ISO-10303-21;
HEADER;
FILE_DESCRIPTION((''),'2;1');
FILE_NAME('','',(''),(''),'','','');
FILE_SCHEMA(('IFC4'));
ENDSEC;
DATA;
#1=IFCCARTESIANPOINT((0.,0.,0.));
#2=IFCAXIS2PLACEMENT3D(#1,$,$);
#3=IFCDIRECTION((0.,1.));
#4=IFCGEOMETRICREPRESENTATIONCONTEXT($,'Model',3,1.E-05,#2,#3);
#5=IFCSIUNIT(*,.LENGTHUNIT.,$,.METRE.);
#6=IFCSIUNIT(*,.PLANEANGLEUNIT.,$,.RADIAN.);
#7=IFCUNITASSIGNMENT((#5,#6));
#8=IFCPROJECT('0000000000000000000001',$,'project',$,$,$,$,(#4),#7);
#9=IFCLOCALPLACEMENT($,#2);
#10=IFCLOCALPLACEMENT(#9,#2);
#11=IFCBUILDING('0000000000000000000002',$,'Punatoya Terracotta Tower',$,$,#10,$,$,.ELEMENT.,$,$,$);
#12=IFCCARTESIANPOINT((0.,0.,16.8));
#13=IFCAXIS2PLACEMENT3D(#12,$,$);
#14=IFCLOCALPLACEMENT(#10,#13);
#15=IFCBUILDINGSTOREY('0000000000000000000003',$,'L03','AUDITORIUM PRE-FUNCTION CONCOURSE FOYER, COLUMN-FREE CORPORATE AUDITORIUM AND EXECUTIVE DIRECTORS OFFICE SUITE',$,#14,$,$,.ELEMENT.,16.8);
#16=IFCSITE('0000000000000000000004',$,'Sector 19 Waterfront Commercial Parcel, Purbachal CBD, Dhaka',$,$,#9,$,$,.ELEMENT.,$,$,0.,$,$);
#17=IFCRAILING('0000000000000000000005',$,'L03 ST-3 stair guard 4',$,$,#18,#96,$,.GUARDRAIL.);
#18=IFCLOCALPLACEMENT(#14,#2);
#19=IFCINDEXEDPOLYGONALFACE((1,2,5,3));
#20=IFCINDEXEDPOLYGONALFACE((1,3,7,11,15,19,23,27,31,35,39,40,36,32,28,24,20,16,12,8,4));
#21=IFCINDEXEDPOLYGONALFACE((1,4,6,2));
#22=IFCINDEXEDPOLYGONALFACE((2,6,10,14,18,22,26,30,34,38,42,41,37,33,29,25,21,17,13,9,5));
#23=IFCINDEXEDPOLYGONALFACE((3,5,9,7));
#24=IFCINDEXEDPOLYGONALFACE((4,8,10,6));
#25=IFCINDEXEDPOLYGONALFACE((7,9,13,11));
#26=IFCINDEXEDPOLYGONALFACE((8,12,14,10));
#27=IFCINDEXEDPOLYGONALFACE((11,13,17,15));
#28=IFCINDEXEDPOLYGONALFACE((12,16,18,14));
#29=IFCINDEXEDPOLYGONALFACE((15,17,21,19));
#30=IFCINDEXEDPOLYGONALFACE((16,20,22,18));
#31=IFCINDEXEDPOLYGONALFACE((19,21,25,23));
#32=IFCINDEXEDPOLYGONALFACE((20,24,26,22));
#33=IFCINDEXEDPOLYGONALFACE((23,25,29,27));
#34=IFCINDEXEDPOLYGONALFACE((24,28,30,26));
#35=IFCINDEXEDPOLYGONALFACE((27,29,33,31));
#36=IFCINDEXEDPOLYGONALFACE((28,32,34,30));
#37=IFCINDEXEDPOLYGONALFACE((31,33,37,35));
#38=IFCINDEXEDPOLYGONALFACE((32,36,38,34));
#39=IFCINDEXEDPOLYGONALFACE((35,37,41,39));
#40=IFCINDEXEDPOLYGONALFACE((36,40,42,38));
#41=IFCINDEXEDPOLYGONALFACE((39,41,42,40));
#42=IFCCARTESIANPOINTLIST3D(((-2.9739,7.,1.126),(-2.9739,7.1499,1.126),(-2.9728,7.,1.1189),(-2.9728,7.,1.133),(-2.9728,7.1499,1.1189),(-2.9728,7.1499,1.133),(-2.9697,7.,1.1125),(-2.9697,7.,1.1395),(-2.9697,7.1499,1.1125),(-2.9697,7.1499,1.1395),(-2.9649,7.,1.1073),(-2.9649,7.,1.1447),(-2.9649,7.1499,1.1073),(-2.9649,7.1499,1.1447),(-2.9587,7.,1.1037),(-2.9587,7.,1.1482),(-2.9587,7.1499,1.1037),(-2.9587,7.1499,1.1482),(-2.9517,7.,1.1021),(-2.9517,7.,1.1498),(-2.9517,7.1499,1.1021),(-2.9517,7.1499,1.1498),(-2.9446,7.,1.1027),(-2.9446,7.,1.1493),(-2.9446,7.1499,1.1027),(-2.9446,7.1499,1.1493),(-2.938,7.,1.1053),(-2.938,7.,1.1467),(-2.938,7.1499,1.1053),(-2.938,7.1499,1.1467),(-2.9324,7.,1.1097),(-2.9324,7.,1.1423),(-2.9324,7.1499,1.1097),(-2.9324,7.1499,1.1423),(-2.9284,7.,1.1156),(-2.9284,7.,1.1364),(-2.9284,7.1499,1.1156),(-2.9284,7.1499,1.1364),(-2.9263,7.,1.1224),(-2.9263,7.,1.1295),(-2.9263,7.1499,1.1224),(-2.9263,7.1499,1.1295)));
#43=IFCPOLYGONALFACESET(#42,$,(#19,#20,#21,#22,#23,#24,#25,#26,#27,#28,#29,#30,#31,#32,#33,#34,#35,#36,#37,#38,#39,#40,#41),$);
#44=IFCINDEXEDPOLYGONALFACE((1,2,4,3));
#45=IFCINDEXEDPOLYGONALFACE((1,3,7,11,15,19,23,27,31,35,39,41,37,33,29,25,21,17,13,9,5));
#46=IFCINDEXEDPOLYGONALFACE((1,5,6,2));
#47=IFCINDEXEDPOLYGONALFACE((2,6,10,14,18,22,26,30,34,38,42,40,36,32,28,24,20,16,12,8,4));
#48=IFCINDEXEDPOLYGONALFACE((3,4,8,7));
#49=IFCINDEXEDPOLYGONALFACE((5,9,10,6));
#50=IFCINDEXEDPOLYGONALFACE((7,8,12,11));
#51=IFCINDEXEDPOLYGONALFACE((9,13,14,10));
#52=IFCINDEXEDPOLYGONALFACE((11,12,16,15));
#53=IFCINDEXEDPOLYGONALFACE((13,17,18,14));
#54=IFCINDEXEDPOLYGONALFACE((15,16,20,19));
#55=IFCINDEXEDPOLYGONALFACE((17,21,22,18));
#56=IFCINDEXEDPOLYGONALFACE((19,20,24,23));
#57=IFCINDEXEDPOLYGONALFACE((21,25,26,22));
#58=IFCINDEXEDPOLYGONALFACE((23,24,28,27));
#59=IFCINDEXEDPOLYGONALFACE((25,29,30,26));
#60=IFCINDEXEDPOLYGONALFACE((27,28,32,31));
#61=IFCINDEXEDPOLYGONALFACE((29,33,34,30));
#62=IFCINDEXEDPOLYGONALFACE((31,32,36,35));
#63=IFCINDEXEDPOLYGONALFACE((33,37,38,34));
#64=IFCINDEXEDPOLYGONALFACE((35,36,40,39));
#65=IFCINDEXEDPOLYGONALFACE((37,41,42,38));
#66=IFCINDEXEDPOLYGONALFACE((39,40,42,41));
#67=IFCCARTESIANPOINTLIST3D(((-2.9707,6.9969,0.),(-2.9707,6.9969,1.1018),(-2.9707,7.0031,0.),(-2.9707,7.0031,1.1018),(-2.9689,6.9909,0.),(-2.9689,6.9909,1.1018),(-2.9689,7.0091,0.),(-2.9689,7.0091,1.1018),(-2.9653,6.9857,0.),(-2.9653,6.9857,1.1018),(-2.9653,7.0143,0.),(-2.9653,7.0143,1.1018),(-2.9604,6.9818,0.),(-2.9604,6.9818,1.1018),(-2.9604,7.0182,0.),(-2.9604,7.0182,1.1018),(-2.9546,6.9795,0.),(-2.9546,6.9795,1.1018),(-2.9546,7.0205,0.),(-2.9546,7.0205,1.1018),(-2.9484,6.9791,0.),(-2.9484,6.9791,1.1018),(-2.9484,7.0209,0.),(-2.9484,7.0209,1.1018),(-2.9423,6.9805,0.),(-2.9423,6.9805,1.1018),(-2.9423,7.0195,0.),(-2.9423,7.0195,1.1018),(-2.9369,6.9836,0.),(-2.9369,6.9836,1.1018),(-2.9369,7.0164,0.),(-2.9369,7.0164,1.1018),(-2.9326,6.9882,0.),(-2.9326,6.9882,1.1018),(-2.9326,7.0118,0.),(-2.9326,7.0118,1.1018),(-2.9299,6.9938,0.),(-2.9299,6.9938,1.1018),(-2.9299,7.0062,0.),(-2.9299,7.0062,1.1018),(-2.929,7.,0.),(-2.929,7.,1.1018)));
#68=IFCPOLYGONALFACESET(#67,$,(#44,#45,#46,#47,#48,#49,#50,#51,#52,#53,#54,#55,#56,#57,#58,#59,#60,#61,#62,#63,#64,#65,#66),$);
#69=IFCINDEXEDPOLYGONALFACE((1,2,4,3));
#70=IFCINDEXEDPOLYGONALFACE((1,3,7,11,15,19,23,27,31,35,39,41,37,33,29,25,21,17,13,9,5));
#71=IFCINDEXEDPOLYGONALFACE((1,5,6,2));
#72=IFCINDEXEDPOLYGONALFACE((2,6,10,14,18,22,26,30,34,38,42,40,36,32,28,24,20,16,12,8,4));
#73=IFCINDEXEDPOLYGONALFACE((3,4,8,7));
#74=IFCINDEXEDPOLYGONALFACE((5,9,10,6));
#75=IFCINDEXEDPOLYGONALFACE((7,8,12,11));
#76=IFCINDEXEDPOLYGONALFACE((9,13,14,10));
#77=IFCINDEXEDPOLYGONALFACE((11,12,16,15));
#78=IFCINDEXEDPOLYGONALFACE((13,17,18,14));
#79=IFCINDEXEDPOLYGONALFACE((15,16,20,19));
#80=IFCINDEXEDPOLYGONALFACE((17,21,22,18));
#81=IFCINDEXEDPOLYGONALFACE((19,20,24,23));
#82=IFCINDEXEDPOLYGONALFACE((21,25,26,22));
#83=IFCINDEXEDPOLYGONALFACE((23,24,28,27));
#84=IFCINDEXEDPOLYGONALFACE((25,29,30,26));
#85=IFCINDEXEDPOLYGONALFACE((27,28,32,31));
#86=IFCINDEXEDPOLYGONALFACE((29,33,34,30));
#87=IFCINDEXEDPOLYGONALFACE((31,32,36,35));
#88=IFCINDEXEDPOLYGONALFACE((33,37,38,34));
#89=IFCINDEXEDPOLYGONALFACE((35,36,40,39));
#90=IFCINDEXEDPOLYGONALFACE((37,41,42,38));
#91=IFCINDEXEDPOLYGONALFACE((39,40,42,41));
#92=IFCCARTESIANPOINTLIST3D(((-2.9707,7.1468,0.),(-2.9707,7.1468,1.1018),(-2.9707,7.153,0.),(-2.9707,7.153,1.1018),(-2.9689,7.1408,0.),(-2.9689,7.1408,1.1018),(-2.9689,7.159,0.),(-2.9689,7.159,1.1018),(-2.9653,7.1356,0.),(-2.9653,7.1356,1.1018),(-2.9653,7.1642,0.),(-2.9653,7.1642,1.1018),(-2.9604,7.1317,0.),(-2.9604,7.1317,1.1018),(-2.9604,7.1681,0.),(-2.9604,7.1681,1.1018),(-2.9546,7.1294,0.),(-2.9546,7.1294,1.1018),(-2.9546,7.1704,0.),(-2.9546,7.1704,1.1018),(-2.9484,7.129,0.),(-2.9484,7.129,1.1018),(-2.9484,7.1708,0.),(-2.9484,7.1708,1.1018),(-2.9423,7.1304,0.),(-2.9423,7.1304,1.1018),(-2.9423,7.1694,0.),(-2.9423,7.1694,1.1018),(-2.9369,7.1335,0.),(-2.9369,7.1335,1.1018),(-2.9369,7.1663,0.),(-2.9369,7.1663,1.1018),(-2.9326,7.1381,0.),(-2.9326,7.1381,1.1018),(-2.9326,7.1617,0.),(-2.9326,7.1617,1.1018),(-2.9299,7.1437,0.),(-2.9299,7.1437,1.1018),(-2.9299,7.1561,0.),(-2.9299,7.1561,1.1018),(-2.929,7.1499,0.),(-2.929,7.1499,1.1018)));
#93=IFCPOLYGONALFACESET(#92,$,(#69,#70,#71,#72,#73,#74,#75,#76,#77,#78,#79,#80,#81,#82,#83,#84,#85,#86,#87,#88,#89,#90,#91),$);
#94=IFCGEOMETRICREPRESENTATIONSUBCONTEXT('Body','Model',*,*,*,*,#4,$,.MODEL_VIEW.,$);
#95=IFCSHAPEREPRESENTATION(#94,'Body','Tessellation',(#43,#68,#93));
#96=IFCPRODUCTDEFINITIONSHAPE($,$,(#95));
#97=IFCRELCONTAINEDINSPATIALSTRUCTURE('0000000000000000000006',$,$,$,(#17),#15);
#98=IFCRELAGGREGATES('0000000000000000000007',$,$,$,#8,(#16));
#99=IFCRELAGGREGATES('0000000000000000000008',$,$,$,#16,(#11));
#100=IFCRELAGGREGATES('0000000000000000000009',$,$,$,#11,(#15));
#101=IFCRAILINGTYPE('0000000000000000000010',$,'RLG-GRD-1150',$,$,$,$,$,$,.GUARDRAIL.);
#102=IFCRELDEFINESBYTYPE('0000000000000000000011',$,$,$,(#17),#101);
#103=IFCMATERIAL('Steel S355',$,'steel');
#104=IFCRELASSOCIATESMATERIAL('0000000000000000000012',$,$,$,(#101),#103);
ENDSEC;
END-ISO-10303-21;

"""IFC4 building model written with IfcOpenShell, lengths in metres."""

from ifc_helpers import new_model, si_unit, direction, frame, origin, origin_2d, place, context, subcontext, project, spatial, circle, extrude, material, type_object, element, save


model = new_model("IFC4")

# Units and contexts
model_context = context("Model", 3, precision=1e-05, world=origin(), true_north=direction((0.0, 1.0)))
body_context = subcontext(model_context, "Body", "Model", "MODEL_VIEW")
ifc_project = project(units=[si_unit("LENGTHUNIT", "METRE"), si_unit("PLANEANGLEUNIT", "RADIAN")], contexts=[model_context])

# Site, building, storey
site_placement = place(None, origin())
site = spatial("IfcSite", under=ifc_project, at=site_placement, Name="Sector 19 Waterfront Commercial Parcel, Purbachal CBD, Dhaka", CompositionType="ELEMENT", RefElevation=0.0)
building_placement = place(site_placement, origin())
building = spatial("IfcBuilding", under=site, at=building_placement, Name="Punatoya Terracotta Tower", CompositionType="ELEMENT")
storey_placement = place(building_placement, frame((0.0, 0.0, 16.8)))
storey = spatial("IfcBuildingStorey", under=building, at=storey_placement, Name="L03", Description="AUDITORIUM PRE-FUNCTION CONCOURSE FOYER, COLUMN-FREE CORPORATE AUDITORIUM AND EXECUTIVE DIRECTORS OFFICE SUITE", CompositionType="ELEMENT", Elevation=16.8)

# Shared definitions
ifc_material_1 = material(Name="Steel S355", Category="steel")

# Railing
railing_type_1 = type_object("IfcRailingType", Name="RLG-GRD-1150", PredefinedType="GUARDRAIL", material=ifc_material_1)
railing_1_placement = place(storey_placement, frame((-2.95, 7.0, 0.0)))
element("IfcRailing", 1, at=railing_1_placement, inside=storey, type_object=railing_type_1, Name="L03 ST-3 stair guard 4", PredefinedType="GUARDRAIL", context=body_context, shape_type="SweptSolid", body=[
    extrude(circle(Radius=0.0239, at=origin_2d()), frame((0.0, 0.0, 1.126), z_axis=(0.0, 1.0, 0.0), x_axis=(-1.0, 0.0, 0.0)), (0.0, 0.0, 1.0), 0.1499),
    extrude(circle(Radius=0.021, at=origin_2d()), origin(), (0.0, 0.0, 1.0), 1.1018),
    extrude(circle(Radius=0.021, at=origin_2d()), frame((0.0, 0.1499, 0.0)), (0.0, 0.0, 1.0), 1.1018),
])

save(model, "model.ifc")
